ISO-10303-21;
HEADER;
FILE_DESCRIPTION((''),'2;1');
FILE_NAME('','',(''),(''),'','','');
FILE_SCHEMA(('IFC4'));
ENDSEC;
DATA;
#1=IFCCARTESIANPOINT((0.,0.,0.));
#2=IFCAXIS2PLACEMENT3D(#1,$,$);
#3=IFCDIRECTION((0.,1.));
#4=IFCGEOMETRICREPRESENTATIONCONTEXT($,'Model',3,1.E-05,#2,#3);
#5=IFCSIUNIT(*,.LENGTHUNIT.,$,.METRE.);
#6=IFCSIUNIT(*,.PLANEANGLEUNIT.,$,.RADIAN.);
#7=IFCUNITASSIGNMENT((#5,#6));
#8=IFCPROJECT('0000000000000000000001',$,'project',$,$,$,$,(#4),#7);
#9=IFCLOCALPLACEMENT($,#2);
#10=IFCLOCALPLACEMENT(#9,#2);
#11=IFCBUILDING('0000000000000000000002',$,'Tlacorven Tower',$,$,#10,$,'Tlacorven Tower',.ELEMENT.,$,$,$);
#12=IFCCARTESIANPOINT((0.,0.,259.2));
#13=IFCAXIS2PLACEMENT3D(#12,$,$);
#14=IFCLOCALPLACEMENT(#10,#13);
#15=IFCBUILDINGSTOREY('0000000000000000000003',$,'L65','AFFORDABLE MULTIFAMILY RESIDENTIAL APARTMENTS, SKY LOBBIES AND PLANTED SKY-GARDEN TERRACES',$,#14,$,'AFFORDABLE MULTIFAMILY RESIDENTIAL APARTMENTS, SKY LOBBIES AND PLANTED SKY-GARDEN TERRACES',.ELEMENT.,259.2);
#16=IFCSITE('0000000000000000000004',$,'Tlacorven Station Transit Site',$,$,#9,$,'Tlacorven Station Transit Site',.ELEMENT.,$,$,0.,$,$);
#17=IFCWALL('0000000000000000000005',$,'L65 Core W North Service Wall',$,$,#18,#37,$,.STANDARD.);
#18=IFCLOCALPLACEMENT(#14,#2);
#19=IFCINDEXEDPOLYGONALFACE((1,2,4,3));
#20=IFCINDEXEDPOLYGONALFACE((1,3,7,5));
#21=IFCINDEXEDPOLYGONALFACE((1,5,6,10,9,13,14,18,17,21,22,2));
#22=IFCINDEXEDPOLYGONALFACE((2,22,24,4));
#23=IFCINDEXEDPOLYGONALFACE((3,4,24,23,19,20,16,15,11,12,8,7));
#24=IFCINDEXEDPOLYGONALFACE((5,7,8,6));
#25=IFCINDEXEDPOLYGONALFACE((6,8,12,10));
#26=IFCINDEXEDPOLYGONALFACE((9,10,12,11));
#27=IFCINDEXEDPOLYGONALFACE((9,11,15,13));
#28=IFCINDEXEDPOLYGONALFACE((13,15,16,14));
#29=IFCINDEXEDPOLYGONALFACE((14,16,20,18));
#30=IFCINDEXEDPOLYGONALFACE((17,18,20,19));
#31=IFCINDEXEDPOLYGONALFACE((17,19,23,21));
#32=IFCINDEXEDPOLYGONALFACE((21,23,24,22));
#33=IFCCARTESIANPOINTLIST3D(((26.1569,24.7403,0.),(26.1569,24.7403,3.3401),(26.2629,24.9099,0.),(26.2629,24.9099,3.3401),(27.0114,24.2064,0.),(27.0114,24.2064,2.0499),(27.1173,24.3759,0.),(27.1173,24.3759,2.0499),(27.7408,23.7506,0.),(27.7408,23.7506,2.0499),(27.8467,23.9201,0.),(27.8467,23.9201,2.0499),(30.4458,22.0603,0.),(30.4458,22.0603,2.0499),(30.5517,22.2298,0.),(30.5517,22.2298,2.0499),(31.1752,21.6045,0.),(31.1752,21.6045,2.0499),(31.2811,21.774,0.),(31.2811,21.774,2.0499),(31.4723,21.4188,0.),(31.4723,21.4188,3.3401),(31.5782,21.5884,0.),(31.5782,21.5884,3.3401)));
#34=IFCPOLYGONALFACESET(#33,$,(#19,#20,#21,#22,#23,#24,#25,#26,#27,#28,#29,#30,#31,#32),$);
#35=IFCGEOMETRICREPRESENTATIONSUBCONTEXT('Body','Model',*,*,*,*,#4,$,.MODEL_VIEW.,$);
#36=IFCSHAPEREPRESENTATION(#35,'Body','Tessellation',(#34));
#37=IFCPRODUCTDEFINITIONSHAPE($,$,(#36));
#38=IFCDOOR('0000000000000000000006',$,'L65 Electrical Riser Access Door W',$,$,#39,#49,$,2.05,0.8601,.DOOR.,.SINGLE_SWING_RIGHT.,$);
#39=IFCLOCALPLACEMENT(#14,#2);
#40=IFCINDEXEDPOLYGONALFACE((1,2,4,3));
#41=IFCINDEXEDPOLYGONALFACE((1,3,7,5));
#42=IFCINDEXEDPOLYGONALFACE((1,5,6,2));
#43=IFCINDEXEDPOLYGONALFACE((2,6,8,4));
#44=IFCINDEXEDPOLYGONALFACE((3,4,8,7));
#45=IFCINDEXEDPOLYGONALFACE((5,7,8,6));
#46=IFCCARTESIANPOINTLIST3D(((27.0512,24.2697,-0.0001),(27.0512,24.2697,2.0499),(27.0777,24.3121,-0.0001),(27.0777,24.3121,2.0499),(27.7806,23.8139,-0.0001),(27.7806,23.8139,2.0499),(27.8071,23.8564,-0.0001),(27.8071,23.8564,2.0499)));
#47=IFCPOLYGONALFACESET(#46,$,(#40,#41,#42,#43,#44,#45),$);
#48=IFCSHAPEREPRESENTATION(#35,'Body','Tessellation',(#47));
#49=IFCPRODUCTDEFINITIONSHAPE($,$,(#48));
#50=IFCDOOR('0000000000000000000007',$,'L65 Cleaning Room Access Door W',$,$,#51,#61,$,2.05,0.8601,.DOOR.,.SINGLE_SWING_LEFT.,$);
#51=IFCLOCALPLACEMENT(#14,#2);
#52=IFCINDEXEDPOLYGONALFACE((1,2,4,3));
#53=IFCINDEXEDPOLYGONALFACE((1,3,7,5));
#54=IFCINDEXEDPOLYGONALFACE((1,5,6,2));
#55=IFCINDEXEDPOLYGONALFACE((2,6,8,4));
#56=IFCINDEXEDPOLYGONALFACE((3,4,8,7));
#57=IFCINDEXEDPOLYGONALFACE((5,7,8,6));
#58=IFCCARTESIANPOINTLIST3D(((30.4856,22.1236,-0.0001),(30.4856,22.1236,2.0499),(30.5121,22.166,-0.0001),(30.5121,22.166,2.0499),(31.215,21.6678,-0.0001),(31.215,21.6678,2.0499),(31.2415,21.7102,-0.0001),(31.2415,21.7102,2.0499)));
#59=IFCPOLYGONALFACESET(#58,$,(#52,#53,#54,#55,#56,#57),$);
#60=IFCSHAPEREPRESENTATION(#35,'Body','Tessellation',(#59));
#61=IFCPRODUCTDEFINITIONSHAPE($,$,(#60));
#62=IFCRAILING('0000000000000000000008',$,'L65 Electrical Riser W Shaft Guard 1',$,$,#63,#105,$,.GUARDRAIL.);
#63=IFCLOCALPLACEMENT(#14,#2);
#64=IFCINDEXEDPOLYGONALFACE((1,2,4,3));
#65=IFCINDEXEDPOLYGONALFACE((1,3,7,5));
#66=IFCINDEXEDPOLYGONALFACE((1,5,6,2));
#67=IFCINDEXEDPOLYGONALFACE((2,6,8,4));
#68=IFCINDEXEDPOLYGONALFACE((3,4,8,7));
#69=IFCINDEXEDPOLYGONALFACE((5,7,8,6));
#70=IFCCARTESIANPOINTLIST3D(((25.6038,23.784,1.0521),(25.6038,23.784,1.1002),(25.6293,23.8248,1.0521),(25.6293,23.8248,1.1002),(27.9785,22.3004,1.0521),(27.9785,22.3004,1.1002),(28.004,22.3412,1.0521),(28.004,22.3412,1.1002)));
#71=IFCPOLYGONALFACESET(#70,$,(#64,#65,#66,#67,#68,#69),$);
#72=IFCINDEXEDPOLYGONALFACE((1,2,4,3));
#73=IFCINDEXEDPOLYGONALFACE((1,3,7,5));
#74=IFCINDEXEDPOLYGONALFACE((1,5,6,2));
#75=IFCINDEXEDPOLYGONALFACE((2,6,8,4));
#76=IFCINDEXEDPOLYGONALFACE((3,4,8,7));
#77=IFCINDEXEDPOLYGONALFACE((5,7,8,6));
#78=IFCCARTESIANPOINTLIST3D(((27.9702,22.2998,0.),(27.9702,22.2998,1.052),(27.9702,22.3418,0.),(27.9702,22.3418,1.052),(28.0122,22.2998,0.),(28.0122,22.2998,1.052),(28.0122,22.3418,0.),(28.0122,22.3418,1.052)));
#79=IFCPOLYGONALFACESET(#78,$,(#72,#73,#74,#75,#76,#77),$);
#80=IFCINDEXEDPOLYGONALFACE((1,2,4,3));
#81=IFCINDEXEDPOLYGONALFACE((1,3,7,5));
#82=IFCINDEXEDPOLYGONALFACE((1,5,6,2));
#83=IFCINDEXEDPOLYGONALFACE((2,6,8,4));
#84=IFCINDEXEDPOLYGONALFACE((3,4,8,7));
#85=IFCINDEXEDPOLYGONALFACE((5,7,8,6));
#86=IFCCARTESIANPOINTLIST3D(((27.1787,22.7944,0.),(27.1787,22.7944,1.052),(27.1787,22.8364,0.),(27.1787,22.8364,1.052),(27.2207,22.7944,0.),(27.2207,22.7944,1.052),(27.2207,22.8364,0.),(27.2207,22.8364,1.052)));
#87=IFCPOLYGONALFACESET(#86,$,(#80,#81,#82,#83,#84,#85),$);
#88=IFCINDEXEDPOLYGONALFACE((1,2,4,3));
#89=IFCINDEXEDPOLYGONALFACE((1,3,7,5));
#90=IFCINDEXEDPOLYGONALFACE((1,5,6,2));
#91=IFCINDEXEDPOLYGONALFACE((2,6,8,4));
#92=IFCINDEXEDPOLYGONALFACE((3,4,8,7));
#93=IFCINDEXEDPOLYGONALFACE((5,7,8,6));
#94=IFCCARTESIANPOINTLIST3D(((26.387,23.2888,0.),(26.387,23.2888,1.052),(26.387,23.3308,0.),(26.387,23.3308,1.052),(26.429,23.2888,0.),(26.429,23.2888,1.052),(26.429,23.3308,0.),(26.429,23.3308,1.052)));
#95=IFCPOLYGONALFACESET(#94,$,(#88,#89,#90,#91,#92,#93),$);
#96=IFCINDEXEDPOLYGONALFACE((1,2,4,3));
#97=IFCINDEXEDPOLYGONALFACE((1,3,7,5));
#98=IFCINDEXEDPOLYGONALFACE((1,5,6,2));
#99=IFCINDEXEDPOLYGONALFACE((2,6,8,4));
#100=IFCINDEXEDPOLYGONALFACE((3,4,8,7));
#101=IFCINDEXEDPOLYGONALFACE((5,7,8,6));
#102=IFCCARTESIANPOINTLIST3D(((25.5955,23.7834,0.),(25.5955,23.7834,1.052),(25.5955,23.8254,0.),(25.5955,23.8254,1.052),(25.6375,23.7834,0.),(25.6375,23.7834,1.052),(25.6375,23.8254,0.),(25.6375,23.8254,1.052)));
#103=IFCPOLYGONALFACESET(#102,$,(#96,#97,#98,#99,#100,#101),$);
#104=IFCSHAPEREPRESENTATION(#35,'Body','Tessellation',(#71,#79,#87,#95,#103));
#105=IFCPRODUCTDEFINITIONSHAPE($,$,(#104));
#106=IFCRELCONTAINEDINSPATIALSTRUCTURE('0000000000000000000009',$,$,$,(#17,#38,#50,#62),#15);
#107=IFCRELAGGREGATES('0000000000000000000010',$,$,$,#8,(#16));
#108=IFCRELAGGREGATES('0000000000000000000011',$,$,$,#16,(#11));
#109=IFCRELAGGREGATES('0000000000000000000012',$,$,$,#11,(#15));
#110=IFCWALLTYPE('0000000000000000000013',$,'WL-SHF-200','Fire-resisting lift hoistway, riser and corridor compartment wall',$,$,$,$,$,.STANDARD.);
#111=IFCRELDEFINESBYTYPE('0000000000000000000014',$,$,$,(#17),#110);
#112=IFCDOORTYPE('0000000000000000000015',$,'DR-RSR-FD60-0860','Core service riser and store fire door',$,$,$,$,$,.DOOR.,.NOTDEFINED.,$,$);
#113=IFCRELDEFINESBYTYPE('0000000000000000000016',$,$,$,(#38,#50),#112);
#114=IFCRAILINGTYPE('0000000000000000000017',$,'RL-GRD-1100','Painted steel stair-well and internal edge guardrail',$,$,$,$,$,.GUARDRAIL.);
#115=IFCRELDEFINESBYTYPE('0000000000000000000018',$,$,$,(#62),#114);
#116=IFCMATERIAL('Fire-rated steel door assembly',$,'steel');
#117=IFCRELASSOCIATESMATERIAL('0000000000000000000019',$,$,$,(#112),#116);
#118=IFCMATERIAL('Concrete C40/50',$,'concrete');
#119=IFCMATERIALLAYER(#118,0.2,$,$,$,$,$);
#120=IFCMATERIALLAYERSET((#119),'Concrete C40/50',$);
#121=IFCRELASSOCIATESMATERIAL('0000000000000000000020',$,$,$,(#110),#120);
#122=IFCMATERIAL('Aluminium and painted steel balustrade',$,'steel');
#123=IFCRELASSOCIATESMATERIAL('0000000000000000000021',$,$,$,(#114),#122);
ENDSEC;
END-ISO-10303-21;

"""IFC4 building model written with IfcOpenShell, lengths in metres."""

from ifc_helpers import new_model, si_unit, direction, frame, frame_2d, origin, origin_2d, place, context, subcontext, project, spatial, rectangle, extrude, source, transform, mapped, material, layer, layer_set, type_object, element, fill, save


model = new_model("IFC4")

# Units and contexts
model_context = context("Model", 3, precision=1e-05, world=origin(), true_north=direction((0.0, 1.0)))
body_context = subcontext(model_context, "Body", "Model", "MODEL_VIEW")
ifc_project = project(units=[si_unit("LENGTHUNIT", "METRE"), si_unit("PLANEANGLEUNIT", "RADIAN")], contexts=[model_context])

# Site, building, storey
site_placement = place(None, origin())
site = spatial("IfcSite", under=ifc_project, at=site_placement, Name="Tlacorven Station Transit Site", LongName="Tlacorven Station Transit Site", CompositionType="ELEMENT", RefElevation=0.0)
building_placement = place(site_placement, origin())
building = spatial("IfcBuilding", under=site, at=building_placement, Name="Tlacorven Tower", LongName="Tlacorven Tower", CompositionType="ELEMENT")
storey_placement = place(building_placement, frame((0.0, 0.0, 259.2)))
storey = spatial("IfcBuildingStorey", under=building, at=storey_placement, Name="L65", Description="AFFORDABLE MULTIFAMILY RESIDENTIAL APARTMENTS, SKY LOBBIES AND PLANTED SKY-GARDEN TERRACES", LongName="AFFORDABLE MULTIFAMILY RESIDENTIAL APARTMENTS, SKY LOBBIES AND PLANTED SKY-GARDEN TERRACES", CompositionType="ELEMENT", Elevation=259.2)

# Shared definitions
ifc_material_1 = material(Name="Fire-rated steel door assembly", Category="steel")
door_type_1 = type_object("IfcDoorType", Name="DR-RSR-FD60-0860", Description="Core service riser and store fire door", OperationType="NOTDEFINED", PredefinedType="DOOR", material=ifc_material_1)
shared_shape_1 = source(origin(), body_context, "Body", "SweptSolid", [
    extrude(rectangle(XDim=0.8601, YDim=2.05, at=frame_2d((0.4302, 1.0249))), frame((0.0, 0.0249, 0.0), z_axis=(0.0, -1.0, 0.0), x_axis=(1.0, 0.0, 0.0)), (0.0, 0.0, 1.0), 0.05),
])

# Shared definitions
ifc_material_2 = material(Name="Concrete C40/50", Category="concrete")
ifc_layer_1 = layer(ifc_material_2, 0.2)
ifc_layer_set_1 = layer_set([ifc_layer_1], Name="Concrete C40/50")
wall_type_1 = type_object("IfcWallType", Name="WL-SHF-200", Description="Fire-resisting lift hoistway, riser and corridor compartment wall", PredefinedType="STANDARD", material=ifc_layer_set_1)

# Wall, openings, doors
wall_1_placement = place(storey_placement, frame((31.5251, 21.5037, 0.0), z_axis=(0.0, 0.0, 1.0), x_axis=(-0.848042, 0.529929, 0.0)))
wall_1 = element("IfcWall", 1, at=wall_1_placement, inside=storey, type_object=wall_type_1, Name="L65 Core W North Service Wall", PredefinedType="STANDARD", context=body_context, shape_type="SweptSolid", body=[
    extrude(rectangle(XDim=6.2678, YDim=0.2, at=frame_2d((3.1338, 0.0))), origin(), (0.0, 0.0, 1.0), 3.3401),
])
opening_1_placement = place(wall_1_placement, frame((4.3999, 0.0, 0.0)))
opening_1 = element("IfcOpeningElement", 2, at=opening_1_placement, cuts=wall_1, PredefinedType="OPENING", context=body_context, shape_type="SweptSolid", body=[
    extrude(rectangle(XDim=0.8601, YDim=2.05, at=frame_2d((0.4302, 1.0249))), frame((0.0, 0.1099, 0.0), z_axis=(0.0, -1.0, 0.0), x_axis=(1.0, 0.0, 0.0)), (0.0, 0.0, 1.0), 0.22),
])
opening_2_placement = place(wall_1_placement, frame((0.3501, 0.0, 0.0)))
opening_2 = element("IfcOpeningElement", 3, at=opening_2_placement, cuts=wall_1, PredefinedType="OPENING", context=body_context, shape_type="SweptSolid", body=[
    extrude(rectangle(XDim=0.8601, YDim=2.05, at=frame_2d((0.4302, 1.0249))), frame((0.0, 0.1099, 0.0), z_axis=(0.0, -1.0, 0.0), x_axis=(1.0, 0.0, 0.0)), (0.0, 0.0, 1.0), 0.22),
])
door_1_placement = place(opening_1_placement, frame((0.8601, 0.0, 0.0), z_axis=(0.0, 0.0, 1.0), x_axis=(-1.0, 0.0, 0.0)))
door_1 = element("IfcDoor", 4, at=door_1_placement, inside=storey, type_object=door_type_1, Name="L65 Electrical Riser Access Door W", OperationType="SINGLE_SWING_RIGHT", OverallHeight=2.05, OverallWidth=0.8601, PredefinedType="DOOR", context=body_context, shape_type="MappedRepresentation", body=[
    mapped(shared_shape_1, transform((0.0, 0.0, 0.0), scale=1.0)),
])
fill(opening_1, door_1)
door_2_placement = place(opening_2_placement, frame((0.8601, 0.0, 0.0), z_axis=(0.0, 0.0, 1.0), x_axis=(-1.0, 0.0, 0.0)))
door_2 = element("IfcDoor", 5, at=door_2_placement, inside=storey, type_object=door_type_1, Name="L65 Cleaning Room Access Door W", OperationType="SINGLE_SWING_LEFT", OverallHeight=2.05, OverallWidth=0.8601, PredefinedType="DOOR", context=body_context, shape_type="MappedRepresentation", body=[
    mapped(shared_shape_1, transform((0.0, 0.0, 0.0), scale=1.0)),
])
fill(opening_2, door_2)

# Railing
ifc_material_3 = material(Name="Aluminium and painted steel balustrade", Category="steel")
railing_type = type_object("IfcRailingType", Name="RL-GRD-1100", Description="Painted steel stair-well and internal edge guardrail", PredefinedType="GUARDRAIL", material=ifc_material_3)
shared_shape_2 = source(origin(), body_context, "Body", "SweptSolid", [
    extrude(rectangle(XDim=0.0481, YDim=0.0481, at=origin_2d()), frame((0.0, 0.0, 1.0762), z_axis=(-0.848091, 0.52985, 0.0), x_axis=(-0.52985, -0.848091, 0.0)), (0.0, 0.0, 1.0), 2.8),
    extrude(rectangle(XDim=0.042, YDim=0.042, at=origin_2d()), origin(), (0.0, 0.0, 1.0), 1.052),
    extrude(rectangle(XDim=0.042, YDim=0.042, at=origin_2d()), frame((-0.7915, 0.4946, 0.0)), (0.0, 0.0, 1.0), 1.052),
    extrude(rectangle(XDim=0.042, YDim=0.042, at=origin_2d()), frame((-1.5833, 0.989, 0.0)), (0.0, 0.0, 1.0), 1.052),
    extrude(rectangle(XDim=0.042, YDim=0.042, at=origin_2d()), frame((-2.3748, 1.4836, 0.0)), (0.0, 0.0, 1.0), 1.052),
])
railing_placement = place(storey_placement, frame((27.9912, 22.3208, 0.0)))
element("IfcRailing", 6, at=railing_placement, inside=storey, type_object=railing_type, Name="L65 Electrical Riser W Shaft Guard 1", PredefinedType="GUARDRAIL", context=body_context, shape_type="MappedRepresentation", body=[
    mapped(shared_shape_2, transform((0.0, 0.0, 0.0), scale=1.0)),
])

save(model, "model.ifc")
